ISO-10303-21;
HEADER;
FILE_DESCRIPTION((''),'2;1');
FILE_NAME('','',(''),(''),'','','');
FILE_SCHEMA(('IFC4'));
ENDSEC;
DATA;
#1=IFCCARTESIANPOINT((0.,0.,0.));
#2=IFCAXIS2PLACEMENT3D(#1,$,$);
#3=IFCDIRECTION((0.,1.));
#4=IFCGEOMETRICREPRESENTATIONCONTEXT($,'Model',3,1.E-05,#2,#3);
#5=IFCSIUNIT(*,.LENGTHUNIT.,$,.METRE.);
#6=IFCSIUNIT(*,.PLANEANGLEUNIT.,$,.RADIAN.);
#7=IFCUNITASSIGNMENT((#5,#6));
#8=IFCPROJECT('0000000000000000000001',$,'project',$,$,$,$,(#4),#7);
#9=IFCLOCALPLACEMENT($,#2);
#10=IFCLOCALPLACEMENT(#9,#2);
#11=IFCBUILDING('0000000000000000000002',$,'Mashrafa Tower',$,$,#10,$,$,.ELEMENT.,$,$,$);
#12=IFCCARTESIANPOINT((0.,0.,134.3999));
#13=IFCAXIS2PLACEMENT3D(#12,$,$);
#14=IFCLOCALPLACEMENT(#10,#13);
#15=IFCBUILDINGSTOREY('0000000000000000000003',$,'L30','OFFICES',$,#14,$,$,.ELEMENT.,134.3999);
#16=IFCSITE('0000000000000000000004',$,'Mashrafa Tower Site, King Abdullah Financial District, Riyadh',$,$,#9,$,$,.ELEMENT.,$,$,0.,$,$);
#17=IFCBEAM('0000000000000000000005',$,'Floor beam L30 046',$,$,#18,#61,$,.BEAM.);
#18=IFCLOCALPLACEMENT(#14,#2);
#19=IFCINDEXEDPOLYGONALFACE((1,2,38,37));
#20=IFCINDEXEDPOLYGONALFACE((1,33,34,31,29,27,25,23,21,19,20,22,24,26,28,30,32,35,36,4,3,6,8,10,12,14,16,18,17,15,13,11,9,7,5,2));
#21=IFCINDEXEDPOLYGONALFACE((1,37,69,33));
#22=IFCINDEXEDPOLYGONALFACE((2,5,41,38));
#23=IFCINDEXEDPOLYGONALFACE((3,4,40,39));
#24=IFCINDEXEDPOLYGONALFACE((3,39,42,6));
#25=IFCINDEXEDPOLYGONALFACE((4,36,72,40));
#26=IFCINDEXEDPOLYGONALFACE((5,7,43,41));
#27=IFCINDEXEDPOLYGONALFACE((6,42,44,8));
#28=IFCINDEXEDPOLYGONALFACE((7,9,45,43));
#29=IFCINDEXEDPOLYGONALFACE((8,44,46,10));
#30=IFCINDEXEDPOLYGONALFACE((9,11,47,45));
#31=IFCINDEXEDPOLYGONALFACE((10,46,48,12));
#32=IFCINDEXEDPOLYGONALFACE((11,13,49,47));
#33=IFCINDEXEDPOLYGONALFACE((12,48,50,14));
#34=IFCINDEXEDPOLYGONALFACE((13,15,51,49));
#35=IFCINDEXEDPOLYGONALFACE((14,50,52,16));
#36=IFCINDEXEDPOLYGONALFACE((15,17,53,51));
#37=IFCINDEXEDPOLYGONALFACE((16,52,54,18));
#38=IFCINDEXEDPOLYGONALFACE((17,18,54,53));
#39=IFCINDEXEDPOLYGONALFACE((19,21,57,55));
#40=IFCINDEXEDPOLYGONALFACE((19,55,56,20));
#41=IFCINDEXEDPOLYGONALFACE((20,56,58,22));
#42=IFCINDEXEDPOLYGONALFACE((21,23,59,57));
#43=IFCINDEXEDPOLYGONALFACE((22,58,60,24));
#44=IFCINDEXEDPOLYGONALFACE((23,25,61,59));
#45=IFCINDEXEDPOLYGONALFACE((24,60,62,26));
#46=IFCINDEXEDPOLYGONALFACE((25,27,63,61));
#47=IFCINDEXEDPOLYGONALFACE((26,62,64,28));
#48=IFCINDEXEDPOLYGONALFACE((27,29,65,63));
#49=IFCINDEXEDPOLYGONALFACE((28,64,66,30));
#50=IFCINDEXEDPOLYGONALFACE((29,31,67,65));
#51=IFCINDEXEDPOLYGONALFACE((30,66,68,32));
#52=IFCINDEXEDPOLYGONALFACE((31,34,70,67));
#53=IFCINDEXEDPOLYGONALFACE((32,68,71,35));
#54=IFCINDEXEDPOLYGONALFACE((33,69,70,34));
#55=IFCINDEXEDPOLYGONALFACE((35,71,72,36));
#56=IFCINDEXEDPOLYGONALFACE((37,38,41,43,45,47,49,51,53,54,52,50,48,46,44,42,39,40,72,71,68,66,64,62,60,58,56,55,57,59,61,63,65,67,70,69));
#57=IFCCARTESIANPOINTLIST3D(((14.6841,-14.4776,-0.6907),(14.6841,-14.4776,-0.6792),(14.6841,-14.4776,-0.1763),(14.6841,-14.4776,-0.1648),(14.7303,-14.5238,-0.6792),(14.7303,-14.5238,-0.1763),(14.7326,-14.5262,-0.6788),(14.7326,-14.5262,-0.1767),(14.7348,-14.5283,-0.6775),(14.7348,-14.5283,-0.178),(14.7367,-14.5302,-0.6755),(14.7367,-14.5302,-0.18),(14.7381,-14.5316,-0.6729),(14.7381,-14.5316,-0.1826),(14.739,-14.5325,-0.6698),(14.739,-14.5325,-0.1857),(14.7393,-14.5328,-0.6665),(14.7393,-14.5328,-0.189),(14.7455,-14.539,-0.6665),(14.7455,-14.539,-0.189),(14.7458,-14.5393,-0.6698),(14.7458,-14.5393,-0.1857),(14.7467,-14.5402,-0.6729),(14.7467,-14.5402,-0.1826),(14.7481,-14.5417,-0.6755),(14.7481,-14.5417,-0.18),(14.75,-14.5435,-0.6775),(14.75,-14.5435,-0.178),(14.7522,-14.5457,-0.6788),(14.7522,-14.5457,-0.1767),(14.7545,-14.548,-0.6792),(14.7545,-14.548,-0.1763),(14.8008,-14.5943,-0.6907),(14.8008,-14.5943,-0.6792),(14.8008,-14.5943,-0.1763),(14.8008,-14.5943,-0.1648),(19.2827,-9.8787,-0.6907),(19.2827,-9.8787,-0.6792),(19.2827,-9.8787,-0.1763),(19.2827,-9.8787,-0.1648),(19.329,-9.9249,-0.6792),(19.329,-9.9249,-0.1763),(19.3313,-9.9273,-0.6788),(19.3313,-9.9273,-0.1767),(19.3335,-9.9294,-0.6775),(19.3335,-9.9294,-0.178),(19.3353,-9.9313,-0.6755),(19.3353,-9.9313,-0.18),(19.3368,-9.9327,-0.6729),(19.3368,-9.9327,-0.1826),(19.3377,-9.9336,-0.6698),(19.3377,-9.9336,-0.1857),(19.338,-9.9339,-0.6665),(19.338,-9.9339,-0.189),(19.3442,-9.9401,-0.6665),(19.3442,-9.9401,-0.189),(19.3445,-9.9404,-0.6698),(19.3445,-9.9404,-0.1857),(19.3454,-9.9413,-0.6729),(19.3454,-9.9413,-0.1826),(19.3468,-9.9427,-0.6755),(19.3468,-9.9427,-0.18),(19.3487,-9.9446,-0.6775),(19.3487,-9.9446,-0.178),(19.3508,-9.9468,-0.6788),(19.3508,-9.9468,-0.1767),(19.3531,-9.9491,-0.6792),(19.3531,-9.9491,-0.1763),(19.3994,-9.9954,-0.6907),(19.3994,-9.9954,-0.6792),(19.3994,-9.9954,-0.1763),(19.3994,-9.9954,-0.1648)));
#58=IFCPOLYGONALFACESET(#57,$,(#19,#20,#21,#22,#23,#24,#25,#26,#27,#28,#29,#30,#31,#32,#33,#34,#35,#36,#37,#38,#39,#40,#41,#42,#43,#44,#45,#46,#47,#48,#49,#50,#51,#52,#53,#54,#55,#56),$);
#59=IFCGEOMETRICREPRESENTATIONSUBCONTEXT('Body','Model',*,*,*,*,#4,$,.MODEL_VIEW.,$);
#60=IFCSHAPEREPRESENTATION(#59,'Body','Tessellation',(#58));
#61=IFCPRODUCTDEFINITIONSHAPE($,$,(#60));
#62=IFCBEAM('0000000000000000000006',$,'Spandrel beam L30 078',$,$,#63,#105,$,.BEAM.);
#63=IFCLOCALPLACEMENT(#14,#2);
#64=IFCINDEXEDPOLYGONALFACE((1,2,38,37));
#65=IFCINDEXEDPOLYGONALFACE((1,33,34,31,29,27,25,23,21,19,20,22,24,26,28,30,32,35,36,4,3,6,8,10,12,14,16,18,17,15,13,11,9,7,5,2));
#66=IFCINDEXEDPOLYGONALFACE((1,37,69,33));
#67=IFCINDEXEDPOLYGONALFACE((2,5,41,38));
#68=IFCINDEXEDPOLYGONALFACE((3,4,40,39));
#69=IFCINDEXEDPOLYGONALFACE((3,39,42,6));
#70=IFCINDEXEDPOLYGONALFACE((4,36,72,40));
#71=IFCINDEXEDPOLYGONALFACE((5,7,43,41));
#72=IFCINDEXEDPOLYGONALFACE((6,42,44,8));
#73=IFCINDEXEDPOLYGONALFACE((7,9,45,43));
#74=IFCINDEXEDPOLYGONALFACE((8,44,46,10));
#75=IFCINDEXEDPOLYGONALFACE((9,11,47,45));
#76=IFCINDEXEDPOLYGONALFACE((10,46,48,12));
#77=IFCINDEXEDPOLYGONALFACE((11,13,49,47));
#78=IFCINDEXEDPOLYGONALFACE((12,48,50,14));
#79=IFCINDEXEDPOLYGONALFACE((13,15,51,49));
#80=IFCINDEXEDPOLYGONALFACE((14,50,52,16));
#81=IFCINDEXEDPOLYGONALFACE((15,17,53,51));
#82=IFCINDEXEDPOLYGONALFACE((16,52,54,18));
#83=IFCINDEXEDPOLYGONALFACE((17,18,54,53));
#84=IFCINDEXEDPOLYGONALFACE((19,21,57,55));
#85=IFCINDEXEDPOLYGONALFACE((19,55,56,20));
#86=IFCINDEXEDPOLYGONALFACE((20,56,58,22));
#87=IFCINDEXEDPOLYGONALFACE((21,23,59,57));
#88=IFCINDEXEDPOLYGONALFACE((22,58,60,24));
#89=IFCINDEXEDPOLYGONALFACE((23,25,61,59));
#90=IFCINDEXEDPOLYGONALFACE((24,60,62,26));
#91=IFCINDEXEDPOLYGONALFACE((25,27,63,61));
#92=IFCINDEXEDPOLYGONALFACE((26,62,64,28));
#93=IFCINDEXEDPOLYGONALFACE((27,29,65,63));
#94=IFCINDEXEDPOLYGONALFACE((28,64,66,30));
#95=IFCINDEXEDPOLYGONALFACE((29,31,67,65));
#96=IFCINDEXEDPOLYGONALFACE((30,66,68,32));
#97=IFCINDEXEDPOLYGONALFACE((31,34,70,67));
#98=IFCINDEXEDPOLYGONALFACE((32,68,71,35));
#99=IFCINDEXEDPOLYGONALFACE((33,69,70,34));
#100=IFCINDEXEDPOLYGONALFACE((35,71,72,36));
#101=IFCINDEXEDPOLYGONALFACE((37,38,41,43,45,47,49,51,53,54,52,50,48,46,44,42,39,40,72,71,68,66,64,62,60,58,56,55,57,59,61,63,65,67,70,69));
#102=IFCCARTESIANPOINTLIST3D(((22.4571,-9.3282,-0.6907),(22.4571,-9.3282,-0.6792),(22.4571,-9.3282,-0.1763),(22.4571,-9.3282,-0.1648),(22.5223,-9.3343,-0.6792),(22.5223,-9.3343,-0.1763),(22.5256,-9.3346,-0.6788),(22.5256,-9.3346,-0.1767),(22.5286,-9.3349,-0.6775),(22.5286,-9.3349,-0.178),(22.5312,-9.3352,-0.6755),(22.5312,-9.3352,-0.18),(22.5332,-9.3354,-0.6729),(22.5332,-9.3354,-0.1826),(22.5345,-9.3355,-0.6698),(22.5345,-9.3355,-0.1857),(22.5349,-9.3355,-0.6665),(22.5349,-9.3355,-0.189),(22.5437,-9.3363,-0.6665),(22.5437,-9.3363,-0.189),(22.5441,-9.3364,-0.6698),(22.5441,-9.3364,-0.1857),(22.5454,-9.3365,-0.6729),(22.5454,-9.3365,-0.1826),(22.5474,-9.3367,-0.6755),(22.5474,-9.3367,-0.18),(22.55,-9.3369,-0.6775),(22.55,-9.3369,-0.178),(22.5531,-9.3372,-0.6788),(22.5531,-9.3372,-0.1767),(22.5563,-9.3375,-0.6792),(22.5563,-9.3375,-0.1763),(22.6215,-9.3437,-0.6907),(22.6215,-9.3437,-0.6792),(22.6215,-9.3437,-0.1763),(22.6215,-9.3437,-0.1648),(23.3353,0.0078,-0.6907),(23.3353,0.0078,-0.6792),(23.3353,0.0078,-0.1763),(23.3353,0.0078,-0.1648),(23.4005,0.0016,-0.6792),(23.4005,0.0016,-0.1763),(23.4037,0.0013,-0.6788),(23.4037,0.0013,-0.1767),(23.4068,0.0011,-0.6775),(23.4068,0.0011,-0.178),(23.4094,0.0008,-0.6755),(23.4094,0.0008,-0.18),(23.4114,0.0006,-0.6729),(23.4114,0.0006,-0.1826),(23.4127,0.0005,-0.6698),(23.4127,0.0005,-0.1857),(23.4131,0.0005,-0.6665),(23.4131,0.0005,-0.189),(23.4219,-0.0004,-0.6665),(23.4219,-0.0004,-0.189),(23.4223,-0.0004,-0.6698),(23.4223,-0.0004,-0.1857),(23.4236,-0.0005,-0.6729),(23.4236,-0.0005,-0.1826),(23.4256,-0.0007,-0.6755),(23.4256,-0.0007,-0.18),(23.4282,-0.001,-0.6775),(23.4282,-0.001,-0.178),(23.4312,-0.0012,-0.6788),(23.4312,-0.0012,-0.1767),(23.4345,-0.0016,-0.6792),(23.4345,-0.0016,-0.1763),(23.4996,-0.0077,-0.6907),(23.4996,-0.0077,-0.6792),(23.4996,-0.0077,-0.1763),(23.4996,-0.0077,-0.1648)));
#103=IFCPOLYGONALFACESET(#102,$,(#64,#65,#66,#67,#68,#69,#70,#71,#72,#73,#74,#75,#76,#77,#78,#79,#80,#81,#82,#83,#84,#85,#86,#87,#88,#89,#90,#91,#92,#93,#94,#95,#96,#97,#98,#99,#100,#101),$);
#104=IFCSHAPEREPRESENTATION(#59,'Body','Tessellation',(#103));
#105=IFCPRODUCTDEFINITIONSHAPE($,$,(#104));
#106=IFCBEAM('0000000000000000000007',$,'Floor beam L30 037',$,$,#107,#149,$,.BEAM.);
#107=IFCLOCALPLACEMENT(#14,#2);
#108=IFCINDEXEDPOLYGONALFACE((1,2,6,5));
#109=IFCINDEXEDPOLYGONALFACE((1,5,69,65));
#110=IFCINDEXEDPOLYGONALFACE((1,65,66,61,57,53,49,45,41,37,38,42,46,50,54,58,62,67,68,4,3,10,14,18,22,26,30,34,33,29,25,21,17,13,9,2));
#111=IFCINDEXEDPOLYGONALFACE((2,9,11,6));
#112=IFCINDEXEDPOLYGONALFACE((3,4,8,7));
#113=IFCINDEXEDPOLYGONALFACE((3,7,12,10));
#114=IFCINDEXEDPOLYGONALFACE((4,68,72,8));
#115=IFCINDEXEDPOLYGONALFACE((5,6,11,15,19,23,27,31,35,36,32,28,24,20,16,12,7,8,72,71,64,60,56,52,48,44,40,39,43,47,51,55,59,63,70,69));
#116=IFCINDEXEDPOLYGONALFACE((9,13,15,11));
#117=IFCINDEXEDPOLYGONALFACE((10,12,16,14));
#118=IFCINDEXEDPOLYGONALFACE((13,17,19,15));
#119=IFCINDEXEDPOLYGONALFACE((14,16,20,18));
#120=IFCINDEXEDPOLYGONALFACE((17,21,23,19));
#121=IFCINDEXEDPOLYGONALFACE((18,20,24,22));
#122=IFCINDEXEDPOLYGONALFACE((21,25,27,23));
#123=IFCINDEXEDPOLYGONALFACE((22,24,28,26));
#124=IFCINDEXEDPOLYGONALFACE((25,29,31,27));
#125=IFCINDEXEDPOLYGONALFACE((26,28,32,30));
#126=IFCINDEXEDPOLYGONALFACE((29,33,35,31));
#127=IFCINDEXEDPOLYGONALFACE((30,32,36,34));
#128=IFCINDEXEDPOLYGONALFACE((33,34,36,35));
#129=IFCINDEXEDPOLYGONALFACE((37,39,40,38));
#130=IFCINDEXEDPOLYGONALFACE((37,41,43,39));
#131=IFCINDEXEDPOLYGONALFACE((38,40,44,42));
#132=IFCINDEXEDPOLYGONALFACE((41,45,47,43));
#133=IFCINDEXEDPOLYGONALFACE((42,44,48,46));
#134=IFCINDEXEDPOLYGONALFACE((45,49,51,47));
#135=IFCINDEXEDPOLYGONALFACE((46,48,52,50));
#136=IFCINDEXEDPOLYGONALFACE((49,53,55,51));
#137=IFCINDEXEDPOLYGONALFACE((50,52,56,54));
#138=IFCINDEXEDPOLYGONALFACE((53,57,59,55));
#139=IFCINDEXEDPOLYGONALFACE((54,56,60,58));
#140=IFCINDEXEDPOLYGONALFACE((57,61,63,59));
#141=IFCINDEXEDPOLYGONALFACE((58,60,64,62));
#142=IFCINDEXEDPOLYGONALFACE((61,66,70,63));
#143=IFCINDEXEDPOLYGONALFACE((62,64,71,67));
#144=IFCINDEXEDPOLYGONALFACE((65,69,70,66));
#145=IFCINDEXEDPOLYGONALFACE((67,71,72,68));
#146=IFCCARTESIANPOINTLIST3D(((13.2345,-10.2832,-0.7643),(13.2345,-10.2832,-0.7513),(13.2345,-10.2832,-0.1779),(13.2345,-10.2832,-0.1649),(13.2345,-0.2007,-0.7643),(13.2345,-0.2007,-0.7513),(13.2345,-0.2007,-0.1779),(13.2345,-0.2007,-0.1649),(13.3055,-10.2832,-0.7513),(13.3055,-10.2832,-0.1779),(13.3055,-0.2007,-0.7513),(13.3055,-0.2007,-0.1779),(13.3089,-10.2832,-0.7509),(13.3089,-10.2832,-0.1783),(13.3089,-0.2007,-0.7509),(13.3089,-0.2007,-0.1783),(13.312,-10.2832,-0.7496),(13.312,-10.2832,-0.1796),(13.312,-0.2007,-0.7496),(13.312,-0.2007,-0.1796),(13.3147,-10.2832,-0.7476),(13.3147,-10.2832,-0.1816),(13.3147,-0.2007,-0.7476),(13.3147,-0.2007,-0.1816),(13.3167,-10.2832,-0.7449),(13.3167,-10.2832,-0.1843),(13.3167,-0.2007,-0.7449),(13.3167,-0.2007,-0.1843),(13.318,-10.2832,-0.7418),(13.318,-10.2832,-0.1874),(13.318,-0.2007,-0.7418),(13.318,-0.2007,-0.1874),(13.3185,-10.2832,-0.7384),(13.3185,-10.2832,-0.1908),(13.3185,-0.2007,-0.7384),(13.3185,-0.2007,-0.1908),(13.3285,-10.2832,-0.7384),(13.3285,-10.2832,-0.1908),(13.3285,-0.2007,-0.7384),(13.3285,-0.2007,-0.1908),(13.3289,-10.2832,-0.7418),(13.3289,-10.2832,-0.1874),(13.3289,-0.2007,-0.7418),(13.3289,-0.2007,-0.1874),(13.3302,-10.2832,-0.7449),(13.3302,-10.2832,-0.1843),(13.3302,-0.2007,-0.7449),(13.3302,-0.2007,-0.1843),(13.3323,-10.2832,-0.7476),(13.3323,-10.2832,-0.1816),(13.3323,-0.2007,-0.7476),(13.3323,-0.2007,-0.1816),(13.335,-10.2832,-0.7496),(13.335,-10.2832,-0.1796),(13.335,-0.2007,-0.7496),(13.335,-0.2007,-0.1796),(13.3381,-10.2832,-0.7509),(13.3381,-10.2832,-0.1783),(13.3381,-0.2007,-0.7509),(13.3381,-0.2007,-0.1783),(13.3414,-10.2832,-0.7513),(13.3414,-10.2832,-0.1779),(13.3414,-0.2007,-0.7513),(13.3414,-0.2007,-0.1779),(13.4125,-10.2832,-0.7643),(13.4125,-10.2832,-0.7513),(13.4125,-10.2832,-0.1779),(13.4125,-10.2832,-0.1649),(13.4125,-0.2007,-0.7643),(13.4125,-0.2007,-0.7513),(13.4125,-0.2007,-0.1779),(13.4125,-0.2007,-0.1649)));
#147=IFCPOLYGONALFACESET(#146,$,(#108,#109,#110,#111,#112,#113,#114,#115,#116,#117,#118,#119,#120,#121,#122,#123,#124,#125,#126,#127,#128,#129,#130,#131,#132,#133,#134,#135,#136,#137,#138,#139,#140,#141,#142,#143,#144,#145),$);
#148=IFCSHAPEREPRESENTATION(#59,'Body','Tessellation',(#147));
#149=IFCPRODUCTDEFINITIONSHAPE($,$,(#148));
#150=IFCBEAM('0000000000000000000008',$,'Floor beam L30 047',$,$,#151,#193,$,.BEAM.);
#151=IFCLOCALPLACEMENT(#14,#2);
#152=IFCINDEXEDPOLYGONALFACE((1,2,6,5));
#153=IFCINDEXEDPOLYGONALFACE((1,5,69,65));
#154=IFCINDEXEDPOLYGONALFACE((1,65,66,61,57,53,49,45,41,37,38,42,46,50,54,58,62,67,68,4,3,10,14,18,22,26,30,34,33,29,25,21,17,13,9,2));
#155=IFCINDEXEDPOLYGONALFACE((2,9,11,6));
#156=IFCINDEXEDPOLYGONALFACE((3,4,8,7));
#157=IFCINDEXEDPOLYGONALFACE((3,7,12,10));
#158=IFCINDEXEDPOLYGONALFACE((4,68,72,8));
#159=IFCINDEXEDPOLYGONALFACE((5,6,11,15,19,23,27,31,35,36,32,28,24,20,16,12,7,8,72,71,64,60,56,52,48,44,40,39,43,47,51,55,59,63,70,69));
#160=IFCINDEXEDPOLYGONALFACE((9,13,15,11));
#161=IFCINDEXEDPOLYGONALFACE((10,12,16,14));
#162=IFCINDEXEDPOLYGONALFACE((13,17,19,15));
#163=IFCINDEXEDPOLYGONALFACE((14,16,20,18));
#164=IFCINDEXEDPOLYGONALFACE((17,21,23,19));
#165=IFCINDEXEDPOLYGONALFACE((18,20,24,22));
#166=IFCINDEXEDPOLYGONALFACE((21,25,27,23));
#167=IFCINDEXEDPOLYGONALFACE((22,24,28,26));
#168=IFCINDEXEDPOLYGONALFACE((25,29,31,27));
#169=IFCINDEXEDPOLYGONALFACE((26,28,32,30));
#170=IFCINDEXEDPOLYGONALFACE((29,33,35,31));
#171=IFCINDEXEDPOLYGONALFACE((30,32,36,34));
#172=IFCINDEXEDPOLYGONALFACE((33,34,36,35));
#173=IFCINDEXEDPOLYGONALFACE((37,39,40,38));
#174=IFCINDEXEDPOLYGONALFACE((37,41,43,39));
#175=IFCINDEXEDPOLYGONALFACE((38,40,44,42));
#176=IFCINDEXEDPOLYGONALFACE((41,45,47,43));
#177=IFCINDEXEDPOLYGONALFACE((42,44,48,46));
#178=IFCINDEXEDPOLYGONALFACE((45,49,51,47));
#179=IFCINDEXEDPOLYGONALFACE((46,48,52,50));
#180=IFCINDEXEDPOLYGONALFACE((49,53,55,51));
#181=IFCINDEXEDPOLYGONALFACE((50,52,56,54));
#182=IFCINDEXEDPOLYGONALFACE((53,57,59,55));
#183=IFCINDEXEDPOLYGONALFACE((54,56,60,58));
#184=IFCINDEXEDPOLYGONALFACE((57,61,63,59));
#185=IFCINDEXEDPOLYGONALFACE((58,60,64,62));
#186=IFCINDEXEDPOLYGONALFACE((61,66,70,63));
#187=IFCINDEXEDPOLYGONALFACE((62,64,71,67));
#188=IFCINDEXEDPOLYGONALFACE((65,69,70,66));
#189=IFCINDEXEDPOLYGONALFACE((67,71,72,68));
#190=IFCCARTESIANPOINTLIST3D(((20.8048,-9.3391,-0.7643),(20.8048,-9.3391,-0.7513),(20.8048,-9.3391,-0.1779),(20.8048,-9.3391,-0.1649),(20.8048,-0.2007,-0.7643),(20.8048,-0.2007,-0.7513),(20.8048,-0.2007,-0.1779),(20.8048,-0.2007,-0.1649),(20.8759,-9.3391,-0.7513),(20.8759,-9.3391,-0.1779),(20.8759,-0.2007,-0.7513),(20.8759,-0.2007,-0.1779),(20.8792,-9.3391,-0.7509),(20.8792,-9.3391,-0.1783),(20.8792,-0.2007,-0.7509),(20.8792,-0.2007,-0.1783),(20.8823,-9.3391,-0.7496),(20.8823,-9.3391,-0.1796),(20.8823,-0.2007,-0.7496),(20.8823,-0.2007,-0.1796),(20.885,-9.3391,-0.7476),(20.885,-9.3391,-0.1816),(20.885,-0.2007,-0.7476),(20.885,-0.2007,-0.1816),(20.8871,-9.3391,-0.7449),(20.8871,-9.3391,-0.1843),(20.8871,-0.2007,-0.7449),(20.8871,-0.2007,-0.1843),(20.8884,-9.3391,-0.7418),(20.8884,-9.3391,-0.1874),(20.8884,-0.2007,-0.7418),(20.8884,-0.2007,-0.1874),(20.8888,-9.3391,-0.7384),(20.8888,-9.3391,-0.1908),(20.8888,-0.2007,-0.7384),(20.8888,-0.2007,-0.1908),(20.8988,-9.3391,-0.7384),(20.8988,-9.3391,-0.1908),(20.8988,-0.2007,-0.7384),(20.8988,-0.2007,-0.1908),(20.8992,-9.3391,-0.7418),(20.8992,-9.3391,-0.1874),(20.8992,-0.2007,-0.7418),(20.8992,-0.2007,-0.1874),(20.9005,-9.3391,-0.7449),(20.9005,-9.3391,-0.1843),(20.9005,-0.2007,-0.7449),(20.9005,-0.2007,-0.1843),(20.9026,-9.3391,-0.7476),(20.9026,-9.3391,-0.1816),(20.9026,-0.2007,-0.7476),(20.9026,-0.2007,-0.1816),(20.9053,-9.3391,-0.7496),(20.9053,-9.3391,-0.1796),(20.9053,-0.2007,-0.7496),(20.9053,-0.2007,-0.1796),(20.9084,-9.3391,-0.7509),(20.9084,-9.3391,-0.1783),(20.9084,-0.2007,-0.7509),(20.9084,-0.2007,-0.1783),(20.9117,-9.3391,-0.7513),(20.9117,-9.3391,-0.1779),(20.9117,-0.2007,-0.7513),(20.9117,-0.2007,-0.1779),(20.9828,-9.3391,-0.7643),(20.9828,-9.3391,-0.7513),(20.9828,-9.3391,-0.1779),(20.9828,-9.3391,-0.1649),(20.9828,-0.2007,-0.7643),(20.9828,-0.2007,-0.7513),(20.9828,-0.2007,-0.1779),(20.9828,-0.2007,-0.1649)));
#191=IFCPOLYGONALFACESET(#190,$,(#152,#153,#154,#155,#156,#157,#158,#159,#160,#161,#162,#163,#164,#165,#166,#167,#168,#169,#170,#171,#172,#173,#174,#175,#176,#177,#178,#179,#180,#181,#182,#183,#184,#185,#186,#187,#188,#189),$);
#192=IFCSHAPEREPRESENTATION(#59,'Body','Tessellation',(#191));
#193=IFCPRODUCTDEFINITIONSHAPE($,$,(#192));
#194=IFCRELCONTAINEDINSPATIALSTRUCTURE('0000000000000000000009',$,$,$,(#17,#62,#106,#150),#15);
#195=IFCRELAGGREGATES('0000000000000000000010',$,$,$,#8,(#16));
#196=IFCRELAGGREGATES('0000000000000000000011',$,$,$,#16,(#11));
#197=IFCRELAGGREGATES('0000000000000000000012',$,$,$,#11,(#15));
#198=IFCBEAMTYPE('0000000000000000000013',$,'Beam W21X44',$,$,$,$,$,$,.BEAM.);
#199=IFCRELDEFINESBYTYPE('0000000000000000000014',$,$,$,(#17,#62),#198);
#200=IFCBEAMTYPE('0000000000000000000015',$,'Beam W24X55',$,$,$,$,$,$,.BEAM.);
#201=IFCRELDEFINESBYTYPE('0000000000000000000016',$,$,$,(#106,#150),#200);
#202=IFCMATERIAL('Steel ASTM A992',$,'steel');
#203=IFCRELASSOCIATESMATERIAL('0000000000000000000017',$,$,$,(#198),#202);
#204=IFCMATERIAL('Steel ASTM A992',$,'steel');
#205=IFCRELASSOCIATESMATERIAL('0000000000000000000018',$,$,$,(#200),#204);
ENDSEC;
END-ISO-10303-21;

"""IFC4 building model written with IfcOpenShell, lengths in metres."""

from ifc_helpers import new_model, si_unit, direction, frame, origin, origin_2d, place, context, subcontext, project, spatial, i_section, extrude, material, material_profile, profile_set, type_object, element, save


model = new_model("IFC4")

# Units and contexts
model_context = context("Model", 3, precision=1e-05, world=origin(), true_north=direction((0.0, 1.0)))
body_context = subcontext(model_context, "Body", "Model", "MODEL_VIEW")
ifc_project = project(units=[si_unit("LENGTHUNIT", "METRE"), si_unit("PLANEANGLEUNIT", "RADIAN")], contexts=[model_context])

# Site, building, storey
site_placement = place(None, origin())
site = spatial("IfcSite", under=ifc_project, at=site_placement, Name="Mashrafa Tower Site, King Abdullah Financial District, Riyadh", CompositionType="ELEMENT", RefElevation=0.0)
building_placement = place(site_placement, origin())
building = spatial("IfcBuilding", under=site, at=building_placement, Name="Mashrafa Tower", CompositionType="ELEMENT")
storey_placement = place(building_placement, frame((0.0, 0.0, 134.3999)))
storey = spatial("IfcBuildingStorey", under=building, at=storey_placement, Name="L30", Description="OFFICES", CompositionType="ELEMENT", Elevation=134.3999)

# Beams
ifc_material_1 = material(Name="Steel ASTM A992", Category="steel")
ifc_material_profile_1 = material_profile(ifc_material_1, i_section(OverallWidth=0.165, OverallDepth=0.5259, WebThickness=0.0088, FlangeThickness=0.0115, FilletRadius=0.0127, at=origin_2d()), Name="W21X44")
ifc_profile_set_1 = profile_set([ifc_material_profile_1], Name="Steel ASTM A992")
beam_type_1 = type_object("IfcBeamType", Name="Beam W21X44", PredefinedType="BEAM", material=ifc_profile_set_1)
beam_1_placement = place(storey_placement, frame((19.3411, -9.937, -0.4277), z_axis=(-0.707088, -0.707126, 0.0), x_axis=(0.707126, -0.707088, 0.0)))
element("IfcBeam", 1, at=beam_1_placement, inside=storey, type_object=beam_type_1, Name="Floor beam L30 046", PredefinedType="BEAM", context=body_context, shape_type="SweptSolid", body=[
    extrude(i_section(OverallWidth=0.165, OverallDepth=0.5259, WebThickness=0.0088, FlangeThickness=0.0115, FilletRadius=0.0127, at=origin_2d()), origin(), (0.0, 0.0, 1.0), 6.5037),
])
beam_2_placement = place(storey_placement, frame((22.5393, -9.3359, -0.4277), z_axis=(0.09365, 0.995605, 0.0), x_axis=(-0.995605, 0.09365, 0.0)))
element("IfcBeam", 2, at=beam_2_placement, inside=storey, type_object=beam_type_1, Name="Spandrel beam L30 078", PredefinedType="BEAM", context=body_context, shape_type="SweptSolid", body=[
    extrude(i_section(OverallWidth=0.165, OverallDepth=0.5259, WebThickness=0.0088, FlangeThickness=0.0115, FilletRadius=0.0127, at=origin_2d()), origin(), (0.0, 0.0, 1.0), 9.3772),
])
ifc_material_2 = material(Name="Steel ASTM A992", Category="steel")
ifc_material_profile_2 = material_profile(ifc_material_2, i_section(OverallWidth=0.178, OverallDepth=0.5994, WebThickness=0.01, FlangeThickness=0.0129, FilletRadius=0.0129, at=origin_2d()), Name="W24X55")
ifc_profile_set_2 = profile_set([ifc_material_profile_2], Name="Steel ASTM A992")
beam_type_2 = type_object("IfcBeamType", Name="Beam W24X55", PredefinedType="BEAM", material=ifc_profile_set_2)
beam_3_placement = place(storey_placement, frame((13.3235, -0.2007, -0.4646), z_axis=(0.0, -1.0, 0.0), x_axis=(1.0, 0.0, 0.0)))
element("IfcBeam", 3, at=beam_3_placement, inside=storey, type_object=beam_type_2, Name="Floor beam L30 037", PredefinedType="BEAM", context=body_context, shape_type="SweptSolid", body=[
    extrude(i_section(OverallWidth=0.178, OverallDepth=0.5994, WebThickness=0.01, FlangeThickness=0.0129, FilletRadius=0.0129, at=origin_2d()), origin(), (0.0, 0.0, 1.0), 10.0825),
])
beam_4_placement = place(storey_placement, frame((20.8938, -0.2007, -0.4646), z_axis=(0.0, -1.0, 0.0), x_axis=(1.0, 0.0, 0.0)))
element("IfcBeam", 4, at=beam_4_placement, inside=storey, type_object=beam_type_2, Name="Floor beam L30 047", PredefinedType="BEAM", context=body_context, shape_type="SweptSolid", body=[
    extrude(i_section(OverallWidth=0.178, OverallDepth=0.5994, WebThickness=0.01, FlangeThickness=0.0129, FilletRadius=0.0129, at=origin_2d()), origin(), (0.0, 0.0, 1.0), 9.1384),
])

save(model, "model.ifc")
